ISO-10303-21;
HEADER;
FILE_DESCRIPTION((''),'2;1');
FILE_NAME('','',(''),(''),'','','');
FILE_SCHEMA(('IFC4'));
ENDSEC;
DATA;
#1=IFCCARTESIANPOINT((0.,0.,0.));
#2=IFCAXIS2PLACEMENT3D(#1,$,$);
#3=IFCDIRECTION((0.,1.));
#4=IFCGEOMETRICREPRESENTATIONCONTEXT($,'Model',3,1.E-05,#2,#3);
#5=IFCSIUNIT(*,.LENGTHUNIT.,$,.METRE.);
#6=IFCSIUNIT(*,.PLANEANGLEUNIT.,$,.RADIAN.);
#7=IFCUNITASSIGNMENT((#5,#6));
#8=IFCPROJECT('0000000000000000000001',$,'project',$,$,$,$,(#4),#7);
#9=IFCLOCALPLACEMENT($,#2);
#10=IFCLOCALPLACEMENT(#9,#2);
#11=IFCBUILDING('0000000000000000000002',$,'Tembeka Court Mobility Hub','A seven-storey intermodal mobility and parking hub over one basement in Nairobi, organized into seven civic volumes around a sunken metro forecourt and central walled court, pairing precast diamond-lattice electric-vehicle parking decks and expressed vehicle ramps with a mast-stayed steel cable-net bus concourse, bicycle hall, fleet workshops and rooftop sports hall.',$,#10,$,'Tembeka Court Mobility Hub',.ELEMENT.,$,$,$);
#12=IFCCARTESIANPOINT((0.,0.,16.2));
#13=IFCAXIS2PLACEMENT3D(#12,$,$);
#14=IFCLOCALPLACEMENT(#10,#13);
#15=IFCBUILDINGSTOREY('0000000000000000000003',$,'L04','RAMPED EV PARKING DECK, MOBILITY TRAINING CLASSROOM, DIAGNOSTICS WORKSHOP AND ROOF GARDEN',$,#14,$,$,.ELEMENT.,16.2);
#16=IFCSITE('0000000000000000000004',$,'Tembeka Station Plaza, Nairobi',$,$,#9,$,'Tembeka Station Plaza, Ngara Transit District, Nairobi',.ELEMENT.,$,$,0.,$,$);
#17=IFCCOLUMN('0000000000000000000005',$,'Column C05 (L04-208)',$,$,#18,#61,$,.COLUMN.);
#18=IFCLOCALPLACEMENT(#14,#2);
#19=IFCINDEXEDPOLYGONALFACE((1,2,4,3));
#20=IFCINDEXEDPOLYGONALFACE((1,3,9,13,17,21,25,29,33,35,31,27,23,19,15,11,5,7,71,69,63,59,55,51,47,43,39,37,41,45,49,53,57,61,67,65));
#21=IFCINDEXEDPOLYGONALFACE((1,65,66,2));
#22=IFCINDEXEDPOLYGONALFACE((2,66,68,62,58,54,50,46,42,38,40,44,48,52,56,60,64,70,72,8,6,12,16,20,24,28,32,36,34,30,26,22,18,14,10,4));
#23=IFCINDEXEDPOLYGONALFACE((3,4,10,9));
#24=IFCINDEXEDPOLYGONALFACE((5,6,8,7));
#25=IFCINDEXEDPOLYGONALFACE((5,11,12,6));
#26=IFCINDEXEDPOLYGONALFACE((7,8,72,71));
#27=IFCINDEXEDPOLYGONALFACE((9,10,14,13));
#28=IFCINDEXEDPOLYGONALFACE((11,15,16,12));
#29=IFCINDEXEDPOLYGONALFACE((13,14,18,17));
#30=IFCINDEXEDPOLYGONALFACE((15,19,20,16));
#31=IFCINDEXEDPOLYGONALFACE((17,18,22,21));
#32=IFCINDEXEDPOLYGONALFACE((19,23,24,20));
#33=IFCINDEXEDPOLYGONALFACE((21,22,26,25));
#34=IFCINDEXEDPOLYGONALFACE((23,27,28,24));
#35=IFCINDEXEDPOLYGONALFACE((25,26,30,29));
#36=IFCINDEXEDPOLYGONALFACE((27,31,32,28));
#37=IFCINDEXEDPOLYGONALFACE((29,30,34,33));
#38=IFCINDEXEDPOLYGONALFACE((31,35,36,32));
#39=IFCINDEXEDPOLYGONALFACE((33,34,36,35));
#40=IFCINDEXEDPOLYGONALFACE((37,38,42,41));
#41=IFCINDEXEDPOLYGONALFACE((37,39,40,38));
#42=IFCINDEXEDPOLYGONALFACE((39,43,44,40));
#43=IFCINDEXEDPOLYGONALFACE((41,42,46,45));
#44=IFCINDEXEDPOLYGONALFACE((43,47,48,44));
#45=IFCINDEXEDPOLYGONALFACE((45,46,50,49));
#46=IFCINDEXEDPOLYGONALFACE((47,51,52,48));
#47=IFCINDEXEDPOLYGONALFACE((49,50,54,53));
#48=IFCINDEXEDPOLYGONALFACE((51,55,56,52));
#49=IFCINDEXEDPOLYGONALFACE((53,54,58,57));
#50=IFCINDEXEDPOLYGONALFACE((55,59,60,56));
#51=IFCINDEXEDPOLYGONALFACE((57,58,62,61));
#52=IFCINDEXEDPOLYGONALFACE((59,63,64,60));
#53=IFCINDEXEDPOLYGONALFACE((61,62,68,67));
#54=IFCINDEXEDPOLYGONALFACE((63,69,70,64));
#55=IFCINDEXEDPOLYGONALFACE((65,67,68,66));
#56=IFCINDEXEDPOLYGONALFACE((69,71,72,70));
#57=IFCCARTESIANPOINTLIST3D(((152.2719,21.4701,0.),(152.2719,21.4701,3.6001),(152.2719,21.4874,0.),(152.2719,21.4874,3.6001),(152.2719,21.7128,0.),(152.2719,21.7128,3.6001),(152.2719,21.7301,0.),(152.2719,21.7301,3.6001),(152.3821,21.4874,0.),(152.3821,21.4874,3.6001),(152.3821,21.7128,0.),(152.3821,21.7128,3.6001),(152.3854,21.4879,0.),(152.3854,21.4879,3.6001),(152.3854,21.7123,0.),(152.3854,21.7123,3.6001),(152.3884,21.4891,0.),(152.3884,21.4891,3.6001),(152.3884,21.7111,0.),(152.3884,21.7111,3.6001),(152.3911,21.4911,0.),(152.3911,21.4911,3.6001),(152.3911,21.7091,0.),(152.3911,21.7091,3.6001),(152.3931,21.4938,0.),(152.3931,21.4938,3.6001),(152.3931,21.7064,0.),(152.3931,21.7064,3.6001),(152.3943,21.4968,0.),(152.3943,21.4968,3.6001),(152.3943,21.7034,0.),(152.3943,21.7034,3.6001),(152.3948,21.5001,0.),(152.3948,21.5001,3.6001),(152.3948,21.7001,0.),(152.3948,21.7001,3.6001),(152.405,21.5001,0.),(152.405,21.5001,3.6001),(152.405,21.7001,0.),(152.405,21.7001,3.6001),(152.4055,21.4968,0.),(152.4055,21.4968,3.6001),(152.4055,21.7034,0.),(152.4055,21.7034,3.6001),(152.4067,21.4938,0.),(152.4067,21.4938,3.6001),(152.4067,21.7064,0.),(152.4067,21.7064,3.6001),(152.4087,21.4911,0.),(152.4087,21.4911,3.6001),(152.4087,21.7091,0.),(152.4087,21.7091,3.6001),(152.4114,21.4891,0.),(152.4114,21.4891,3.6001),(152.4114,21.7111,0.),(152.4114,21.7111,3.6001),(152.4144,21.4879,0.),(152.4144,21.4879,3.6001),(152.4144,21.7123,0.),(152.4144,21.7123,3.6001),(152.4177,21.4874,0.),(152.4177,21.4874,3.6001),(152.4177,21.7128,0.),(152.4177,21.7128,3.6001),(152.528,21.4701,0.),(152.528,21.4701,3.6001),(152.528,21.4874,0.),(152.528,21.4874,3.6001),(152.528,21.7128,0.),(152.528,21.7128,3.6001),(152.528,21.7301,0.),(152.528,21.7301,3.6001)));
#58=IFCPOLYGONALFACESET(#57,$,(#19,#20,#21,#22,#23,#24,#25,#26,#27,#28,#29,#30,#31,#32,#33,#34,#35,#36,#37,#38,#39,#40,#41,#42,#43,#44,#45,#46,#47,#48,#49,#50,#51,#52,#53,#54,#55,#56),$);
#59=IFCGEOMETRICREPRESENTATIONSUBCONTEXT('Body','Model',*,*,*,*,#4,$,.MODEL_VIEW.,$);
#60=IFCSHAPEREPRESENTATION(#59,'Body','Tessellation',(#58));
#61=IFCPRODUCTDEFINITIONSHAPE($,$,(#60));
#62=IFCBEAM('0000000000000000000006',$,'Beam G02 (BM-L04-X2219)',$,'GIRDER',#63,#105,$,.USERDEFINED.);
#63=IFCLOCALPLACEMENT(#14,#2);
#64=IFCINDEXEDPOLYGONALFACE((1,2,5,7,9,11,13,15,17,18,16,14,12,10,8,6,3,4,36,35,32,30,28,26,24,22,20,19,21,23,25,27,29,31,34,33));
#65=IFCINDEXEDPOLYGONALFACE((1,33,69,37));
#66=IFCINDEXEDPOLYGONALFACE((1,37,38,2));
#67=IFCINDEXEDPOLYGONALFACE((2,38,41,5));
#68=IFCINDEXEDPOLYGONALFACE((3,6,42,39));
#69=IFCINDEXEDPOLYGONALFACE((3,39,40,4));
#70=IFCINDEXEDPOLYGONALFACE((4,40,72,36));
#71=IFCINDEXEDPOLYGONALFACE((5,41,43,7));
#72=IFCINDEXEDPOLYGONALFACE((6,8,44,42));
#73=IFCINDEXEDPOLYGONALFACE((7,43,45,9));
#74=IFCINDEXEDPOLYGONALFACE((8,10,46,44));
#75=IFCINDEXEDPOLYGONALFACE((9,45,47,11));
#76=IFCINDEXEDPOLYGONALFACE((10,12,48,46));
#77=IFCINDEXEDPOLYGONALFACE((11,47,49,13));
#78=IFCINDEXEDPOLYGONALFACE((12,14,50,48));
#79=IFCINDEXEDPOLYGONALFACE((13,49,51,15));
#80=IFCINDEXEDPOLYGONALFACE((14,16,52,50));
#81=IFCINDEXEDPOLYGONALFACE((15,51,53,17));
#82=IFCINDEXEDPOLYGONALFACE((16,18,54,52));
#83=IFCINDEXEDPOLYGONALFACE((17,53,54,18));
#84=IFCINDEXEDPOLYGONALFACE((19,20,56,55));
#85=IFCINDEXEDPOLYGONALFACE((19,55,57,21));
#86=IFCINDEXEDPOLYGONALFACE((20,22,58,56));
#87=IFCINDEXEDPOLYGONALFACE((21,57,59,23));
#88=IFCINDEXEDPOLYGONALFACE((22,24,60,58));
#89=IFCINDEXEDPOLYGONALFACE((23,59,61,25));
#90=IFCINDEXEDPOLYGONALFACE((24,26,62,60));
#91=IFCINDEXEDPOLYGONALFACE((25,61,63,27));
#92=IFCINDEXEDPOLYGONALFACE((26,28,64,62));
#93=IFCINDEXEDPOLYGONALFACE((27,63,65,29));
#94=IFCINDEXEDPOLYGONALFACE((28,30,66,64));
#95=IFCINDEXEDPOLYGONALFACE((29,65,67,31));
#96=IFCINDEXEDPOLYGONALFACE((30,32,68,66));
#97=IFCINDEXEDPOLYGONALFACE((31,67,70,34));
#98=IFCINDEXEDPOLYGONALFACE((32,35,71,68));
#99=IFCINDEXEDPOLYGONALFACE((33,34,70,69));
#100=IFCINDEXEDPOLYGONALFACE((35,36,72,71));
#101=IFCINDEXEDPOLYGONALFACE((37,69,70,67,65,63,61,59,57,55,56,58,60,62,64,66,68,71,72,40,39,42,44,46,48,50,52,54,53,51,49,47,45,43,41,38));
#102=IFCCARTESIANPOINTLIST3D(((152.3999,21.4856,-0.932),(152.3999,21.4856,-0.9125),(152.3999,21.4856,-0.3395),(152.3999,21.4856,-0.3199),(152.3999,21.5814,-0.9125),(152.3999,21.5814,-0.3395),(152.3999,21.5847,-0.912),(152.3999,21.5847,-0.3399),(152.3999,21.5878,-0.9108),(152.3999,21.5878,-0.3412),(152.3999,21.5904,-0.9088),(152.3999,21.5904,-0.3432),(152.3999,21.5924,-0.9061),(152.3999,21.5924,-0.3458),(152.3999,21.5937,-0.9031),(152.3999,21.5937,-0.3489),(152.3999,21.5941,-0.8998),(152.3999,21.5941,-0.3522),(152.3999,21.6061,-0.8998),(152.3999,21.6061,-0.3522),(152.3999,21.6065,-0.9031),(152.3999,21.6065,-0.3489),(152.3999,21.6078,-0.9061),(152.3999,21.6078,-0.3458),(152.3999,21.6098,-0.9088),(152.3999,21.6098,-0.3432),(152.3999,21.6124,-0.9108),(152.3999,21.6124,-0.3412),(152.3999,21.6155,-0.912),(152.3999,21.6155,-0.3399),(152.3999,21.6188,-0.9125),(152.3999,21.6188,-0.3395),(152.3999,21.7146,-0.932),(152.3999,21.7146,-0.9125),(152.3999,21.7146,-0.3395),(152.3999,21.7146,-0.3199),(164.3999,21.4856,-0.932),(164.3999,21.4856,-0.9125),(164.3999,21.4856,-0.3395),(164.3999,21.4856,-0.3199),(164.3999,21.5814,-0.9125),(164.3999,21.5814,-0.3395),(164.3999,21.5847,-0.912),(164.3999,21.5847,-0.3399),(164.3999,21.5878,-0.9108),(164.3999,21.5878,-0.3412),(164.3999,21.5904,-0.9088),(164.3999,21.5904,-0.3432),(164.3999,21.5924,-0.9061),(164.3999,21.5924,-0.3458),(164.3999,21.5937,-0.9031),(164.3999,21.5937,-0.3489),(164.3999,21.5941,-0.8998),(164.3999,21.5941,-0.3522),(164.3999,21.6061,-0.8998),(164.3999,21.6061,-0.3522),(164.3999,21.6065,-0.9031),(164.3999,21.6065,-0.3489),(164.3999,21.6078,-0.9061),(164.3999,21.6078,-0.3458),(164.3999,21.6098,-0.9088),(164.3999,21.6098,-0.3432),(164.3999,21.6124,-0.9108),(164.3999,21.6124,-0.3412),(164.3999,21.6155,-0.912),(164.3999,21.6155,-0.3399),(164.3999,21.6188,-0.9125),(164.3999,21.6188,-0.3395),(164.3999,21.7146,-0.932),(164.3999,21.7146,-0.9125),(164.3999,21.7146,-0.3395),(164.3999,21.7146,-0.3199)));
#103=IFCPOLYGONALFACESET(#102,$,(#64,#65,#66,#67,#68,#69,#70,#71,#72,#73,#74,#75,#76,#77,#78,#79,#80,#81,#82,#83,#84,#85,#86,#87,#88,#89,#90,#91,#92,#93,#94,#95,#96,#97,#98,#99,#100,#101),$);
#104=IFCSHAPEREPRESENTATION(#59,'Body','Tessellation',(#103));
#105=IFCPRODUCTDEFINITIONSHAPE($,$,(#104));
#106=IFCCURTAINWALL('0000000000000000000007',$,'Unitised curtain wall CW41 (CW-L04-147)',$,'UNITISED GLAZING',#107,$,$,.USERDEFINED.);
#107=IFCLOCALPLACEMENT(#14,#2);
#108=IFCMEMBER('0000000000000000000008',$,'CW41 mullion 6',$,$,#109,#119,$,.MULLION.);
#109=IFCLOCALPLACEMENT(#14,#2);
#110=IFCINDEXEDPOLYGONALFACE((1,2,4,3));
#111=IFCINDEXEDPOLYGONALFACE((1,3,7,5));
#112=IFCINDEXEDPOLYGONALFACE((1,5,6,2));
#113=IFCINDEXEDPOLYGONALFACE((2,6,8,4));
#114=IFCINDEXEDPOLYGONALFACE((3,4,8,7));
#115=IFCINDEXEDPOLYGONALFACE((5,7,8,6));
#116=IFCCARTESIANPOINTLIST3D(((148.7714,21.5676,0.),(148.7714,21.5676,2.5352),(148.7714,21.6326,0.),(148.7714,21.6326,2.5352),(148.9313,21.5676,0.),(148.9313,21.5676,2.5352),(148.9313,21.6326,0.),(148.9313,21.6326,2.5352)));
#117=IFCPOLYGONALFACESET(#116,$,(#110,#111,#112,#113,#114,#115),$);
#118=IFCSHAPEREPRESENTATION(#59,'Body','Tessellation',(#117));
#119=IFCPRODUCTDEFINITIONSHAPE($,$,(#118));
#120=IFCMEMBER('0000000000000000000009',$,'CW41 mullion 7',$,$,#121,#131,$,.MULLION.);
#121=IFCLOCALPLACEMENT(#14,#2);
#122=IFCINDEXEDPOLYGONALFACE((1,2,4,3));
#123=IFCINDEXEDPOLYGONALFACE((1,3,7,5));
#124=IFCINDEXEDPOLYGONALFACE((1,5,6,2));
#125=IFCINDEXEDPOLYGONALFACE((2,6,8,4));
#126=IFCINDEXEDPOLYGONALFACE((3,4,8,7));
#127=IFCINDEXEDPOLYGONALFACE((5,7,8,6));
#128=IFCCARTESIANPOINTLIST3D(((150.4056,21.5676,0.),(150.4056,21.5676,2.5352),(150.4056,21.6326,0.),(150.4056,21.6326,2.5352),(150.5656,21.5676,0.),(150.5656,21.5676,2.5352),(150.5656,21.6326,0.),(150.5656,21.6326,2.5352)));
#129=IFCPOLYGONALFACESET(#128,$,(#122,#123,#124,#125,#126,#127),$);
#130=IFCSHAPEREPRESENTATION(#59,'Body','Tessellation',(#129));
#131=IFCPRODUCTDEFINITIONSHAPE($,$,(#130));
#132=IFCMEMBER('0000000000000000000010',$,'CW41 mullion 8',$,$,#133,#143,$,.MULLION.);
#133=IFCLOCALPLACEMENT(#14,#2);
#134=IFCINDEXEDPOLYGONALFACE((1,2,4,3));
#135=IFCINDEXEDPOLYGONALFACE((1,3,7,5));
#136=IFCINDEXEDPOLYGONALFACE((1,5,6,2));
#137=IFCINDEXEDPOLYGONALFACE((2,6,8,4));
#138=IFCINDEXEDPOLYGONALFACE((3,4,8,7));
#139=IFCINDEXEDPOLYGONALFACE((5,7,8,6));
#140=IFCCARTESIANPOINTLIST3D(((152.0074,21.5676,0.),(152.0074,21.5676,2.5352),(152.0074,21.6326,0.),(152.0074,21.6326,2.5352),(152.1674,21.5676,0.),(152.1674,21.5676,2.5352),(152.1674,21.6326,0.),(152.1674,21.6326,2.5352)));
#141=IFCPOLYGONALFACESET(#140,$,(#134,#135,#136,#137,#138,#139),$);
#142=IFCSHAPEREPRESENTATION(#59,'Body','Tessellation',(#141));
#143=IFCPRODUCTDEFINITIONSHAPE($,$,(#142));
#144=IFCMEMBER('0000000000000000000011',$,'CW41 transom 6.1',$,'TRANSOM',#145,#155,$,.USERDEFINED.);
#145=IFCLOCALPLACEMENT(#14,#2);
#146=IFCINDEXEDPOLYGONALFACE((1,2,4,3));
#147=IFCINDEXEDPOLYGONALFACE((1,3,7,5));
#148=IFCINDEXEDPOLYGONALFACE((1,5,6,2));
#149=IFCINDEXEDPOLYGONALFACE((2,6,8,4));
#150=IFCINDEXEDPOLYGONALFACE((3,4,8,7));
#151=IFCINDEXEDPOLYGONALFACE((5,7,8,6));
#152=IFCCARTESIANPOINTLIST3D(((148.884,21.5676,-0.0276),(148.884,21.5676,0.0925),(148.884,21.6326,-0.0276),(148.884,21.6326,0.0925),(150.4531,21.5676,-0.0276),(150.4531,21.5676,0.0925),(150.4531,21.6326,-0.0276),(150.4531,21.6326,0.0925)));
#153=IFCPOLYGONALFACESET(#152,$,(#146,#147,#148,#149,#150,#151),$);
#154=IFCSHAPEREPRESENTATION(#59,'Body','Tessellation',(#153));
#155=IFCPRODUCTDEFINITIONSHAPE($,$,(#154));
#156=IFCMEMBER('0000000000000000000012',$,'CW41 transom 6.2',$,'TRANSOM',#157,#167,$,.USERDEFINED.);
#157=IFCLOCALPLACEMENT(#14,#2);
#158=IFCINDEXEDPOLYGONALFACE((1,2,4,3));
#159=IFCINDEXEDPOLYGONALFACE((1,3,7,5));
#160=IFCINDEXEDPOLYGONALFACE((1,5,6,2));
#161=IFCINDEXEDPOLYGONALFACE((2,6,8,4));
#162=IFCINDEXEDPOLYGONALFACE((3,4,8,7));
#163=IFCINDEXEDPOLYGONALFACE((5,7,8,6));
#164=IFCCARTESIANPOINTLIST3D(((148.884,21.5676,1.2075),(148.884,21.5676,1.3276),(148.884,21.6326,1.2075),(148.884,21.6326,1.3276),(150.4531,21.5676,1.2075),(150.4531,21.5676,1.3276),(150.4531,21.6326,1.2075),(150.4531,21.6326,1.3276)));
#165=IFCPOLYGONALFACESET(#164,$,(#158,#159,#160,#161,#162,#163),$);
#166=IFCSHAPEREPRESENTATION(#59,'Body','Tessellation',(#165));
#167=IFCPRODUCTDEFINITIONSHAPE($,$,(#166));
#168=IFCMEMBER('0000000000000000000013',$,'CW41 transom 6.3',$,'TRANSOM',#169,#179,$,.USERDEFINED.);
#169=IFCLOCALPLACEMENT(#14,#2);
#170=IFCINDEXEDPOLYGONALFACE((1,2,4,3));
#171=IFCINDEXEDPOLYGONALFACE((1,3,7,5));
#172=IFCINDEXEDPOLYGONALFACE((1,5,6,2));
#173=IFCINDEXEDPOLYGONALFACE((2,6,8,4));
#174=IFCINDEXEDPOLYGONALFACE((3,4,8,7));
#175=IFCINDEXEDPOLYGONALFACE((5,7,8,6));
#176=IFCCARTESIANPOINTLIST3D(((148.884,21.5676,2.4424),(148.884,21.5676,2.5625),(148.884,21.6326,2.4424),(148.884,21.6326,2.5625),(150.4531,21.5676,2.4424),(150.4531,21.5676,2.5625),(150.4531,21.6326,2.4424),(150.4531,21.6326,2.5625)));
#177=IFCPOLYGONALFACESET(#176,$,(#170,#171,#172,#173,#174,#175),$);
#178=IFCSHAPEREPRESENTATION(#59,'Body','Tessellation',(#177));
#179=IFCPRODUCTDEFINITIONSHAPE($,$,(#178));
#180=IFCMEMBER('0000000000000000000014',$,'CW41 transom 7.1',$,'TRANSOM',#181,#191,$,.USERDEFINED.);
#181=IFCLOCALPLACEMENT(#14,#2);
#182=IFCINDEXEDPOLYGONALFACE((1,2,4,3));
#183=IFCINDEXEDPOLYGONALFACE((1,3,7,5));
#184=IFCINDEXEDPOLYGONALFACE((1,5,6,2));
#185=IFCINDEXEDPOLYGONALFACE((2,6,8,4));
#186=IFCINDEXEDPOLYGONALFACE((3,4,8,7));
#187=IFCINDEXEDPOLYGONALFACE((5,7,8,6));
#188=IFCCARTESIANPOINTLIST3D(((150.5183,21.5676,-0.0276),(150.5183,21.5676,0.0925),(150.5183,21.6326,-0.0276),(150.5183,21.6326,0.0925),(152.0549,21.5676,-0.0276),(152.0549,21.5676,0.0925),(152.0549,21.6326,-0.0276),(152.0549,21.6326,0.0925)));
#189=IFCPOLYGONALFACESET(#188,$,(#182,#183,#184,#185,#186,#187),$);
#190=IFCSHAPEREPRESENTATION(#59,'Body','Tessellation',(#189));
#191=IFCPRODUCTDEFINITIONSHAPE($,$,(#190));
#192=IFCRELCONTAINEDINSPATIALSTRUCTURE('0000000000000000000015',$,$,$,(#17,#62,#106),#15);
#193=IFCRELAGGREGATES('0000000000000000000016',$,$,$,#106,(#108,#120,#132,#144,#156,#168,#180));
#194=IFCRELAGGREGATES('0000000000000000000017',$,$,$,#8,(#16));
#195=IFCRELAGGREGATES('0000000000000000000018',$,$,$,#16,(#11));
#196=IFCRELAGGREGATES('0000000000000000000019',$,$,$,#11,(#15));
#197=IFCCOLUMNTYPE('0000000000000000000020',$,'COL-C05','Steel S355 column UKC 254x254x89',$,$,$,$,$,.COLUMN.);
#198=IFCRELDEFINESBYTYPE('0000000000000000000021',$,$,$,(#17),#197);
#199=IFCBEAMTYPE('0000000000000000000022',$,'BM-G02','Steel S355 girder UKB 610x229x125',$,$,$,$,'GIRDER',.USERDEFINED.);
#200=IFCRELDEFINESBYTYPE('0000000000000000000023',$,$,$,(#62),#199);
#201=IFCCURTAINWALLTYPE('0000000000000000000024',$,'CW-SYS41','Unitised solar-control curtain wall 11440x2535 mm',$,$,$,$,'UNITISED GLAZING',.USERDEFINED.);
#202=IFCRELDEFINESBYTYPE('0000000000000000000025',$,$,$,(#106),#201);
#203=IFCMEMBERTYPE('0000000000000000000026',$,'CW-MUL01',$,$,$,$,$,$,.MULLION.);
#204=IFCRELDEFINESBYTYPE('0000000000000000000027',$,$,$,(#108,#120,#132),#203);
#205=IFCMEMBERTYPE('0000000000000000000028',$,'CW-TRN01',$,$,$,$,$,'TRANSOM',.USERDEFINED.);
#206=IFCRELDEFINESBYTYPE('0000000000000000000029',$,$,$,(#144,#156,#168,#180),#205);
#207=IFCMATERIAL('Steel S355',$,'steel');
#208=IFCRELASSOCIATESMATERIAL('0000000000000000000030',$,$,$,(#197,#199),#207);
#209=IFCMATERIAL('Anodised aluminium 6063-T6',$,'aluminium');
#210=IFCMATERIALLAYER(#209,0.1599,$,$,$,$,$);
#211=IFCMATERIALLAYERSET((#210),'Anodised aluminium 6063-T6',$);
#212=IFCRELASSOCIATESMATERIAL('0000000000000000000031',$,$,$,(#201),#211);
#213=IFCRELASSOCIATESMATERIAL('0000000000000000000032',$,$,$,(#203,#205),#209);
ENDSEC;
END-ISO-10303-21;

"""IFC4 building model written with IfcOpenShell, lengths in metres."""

from ifc_helpers import new_model, si_unit, direction, frame, origin, origin_2d, place, context, subcontext, project, spatial, rectangle, i_section, extrude, material, layer, layer_set, material_profile, profile_set, type_object, element, aggregate, save


model = new_model("IFC4")

# Units and contexts
model_context = context("Model", 3, precision=1e-05, world=origin(), true_north=direction((0.0, 1.0)))
body_context = subcontext(model_context, "Body", "Model", "MODEL_VIEW")
ifc_project = project(units=[si_unit("LENGTHUNIT", "METRE"), si_unit("PLANEANGLEUNIT", "RADIAN")], contexts=[model_context])

# Site, building, storey
site_placement = place(None, origin())
site = spatial("IfcSite", under=ifc_project, at=site_placement, Name="Tembeka Station Plaza, Nairobi", LongName="Tembeka Station Plaza, Ngara Transit District, Nairobi", CompositionType="ELEMENT", RefElevation=0.0)
building_placement = place(site_placement, origin())
building = spatial("IfcBuilding", under=site, at=building_placement, Name="Tembeka Court Mobility Hub", Description="A seven-storey intermodal mobility and parking hub over one basement in Nairobi, organized into seven civic volumes around a sunken metro forecourt and central walled court, pairing precast diamond-lattice electric-vehicle parking decks and expressed vehicle ramps with a mast-stayed steel cable-net bus concourse, bicycle hall, fleet workshops and rooftop sports hall.", LongName="Tembeka Court Mobility Hub", CompositionType="ELEMENT")
storey_placement = place(building_placement, frame((0.0, 0.0, 16.2)))
storey = spatial("IfcBuildingStorey", under=building, at=storey_placement, Name="L04", Description="RAMPED EV PARKING DECK, MOBILITY TRAINING CLASSROOM, DIAGNOSTICS WORKSHOP AND ROOF GARDEN", CompositionType="ELEMENT", Elevation=16.2)

# Column
ifc_material_1 = material(Name="Steel S355", Category="steel")
ifc_material_profile_1 = material_profile(ifc_material_1, i_section(OverallWidth=0.2561, OverallDepth=0.26, WebThickness=0.0103, FlangeThickness=0.0173, FilletRadius=0.0127, at=origin_2d()), Name="UKC 254x254x89")
ifc_profile_set_1 = profile_set([ifc_material_profile_1], Name="Steel S355")
column_type = type_object("IfcColumnType", Name="COL-C05", Description="Steel S355 column UKC 254x254x89", PredefinedType="COLUMN", material=ifc_profile_set_1)
column_placement = place(storey_placement, frame((152.3999, 21.6001, 0.0), z_axis=(0.0, 0.0, 1.0), x_axis=(1.0, 0.0, 0.0)))
element("IfcColumn", 1, at=column_placement, inside=storey, type_object=column_type, Name="Column C05 (L04-208)", PredefinedType="COLUMN", context=body_context, shape_type="SweptSolid", body=[
    extrude(i_section(OverallWidth=0.2561, OverallDepth=0.26, WebThickness=0.0103, FlangeThickness=0.0173, FilletRadius=0.0127, at=origin_2d()), origin(), (0.0, 0.0, 1.0), 3.6001),
])

# Beam
ifc_material_profile_2 = material_profile(ifc_material_1, i_section(OverallWidth=0.229, OverallDepth=0.6121, WebThickness=0.012, FlangeThickness=0.0195, FilletRadius=0.0127, at=origin_2d()), Name="UKB 610x229x125")
ifc_profile_set_2 = profile_set([ifc_material_profile_2], Name="Steel S355")
beam_type = type_object("IfcBeamType", Name="BM-G02", Description="Steel S355 girder UKB 610x229x125", ElementType="GIRDER", PredefinedType="USERDEFINED", material=ifc_profile_set_2)
beam_placement = place(storey_placement, frame((152.3999, 21.6001, -0.626), z_axis=(1.0, 0.0, 0.0), x_axis=(0.0, 1.0, 0.0)))
element("IfcBeam", 2, at=beam_placement, inside=storey, type_object=beam_type, Name="Beam G02 (BM-L04-X2219)", ObjectType="GIRDER", PredefinedType="USERDEFINED", context=body_context, shape_type="SweptSolid", body=[
    extrude(i_section(OverallWidth=0.229, OverallDepth=0.6121, WebThickness=0.012, FlangeThickness=0.0195, FilletRadius=0.0127, at=origin_2d()), origin(), (0.0, 0.0, 1.0), 12.0),
])

# Curtain wall, members
ifc_material_2 = material(Name="Anodised aluminium 6063-T6", Category="aluminium")
ifc_layer_1 = layer(ifc_material_2, 0.1599)
ifc_layer_set_1 = layer_set([ifc_layer_1], Name="Anodised aluminium 6063-T6")
curtain_wall_type = type_object("IfcCurtainWallType", Name="CW-SYS41", Description="Unitised solar-control curtain wall 11440x2535 mm", ElementType="UNITISED GLAZING", PredefinedType="USERDEFINED", material=ifc_layer_set_1)
curtain_wall_placement = place(storey_placement, origin())
curtain_wall = element("IfcCurtainWall", 3, at=curtain_wall_placement, inside=storey, type_object=curtain_wall_type, Name="Unitised curtain wall CW41 (CW-L04-147)", ObjectType="UNITISED GLAZING", PredefinedType="USERDEFINED")
ifc_material_profile_3 = material_profile(ifc_material_2, rectangle(XDim=0.0649, YDim=0.1599, at=origin_2d()), Name="ALU-MUL 65x160")
ifc_profile_set_3 = profile_set([ifc_material_profile_3], Name="Anodised aluminium 6063-T6")
member_type_1 = type_object("IfcMemberType", Name="CW-MUL01", PredefinedType="MULLION", material=ifc_profile_set_3)
member_1_placement = place(storey_placement, frame((148.8513, 21.6001, 0.0), z_axis=(0.0, 0.0, 1.0), x_axis=(0.0, 1.0, 0.0)))
member_1 = element("IfcMember", 4, at=member_1_placement, type_object=member_type_1, Name="CW41 mullion 6", PredefinedType="MULLION", context=body_context, shape_type="SweptSolid", body=[
    extrude(rectangle(XDim=0.0649, YDim=0.1599, at=origin_2d()), origin(), (0.0, 0.0, 1.0), 2.5352),
])
member_2_placement = place(storey_placement, frame((150.4856, 21.6001, 0.0), z_axis=(0.0, 0.0, 1.0), x_axis=(0.0, 1.0, 0.0)))
member_2 = element("IfcMember", 5, at=member_2_placement, type_object=member_type_1, Name="CW41 mullion 7", PredefinedType="MULLION", context=body_context, shape_type="SweptSolid", body=[
    extrude(rectangle(XDim=0.0649, YDim=0.1599, at=origin_2d()), origin(), (0.0, 0.0, 1.0), 2.5352),
])
member_3_placement = place(storey_placement, frame((152.0874, 21.6001, 0.0), z_axis=(0.0, 0.0, 1.0), x_axis=(0.0, 1.0, 0.0)))
member_3 = element("IfcMember", 6, at=member_3_placement, type_object=member_type_1, Name="CW41 mullion 8", PredefinedType="MULLION", context=body_context, shape_type="SweptSolid", body=[
    extrude(rectangle(XDim=0.0649, YDim=0.1599, at=origin_2d()), origin(), (0.0, 0.0, 1.0), 2.5352),
])
ifc_material_profile_4 = material_profile(ifc_material_2, rectangle(XDim=0.0649, YDim=0.1201, at=origin_2d()), Name="ALU-TRN 65x120")
ifc_profile_set_4 = profile_set([ifc_material_profile_4], Name="Anodised aluminium 6063-T6")
member_type_2 = type_object("IfcMemberType", Name="CW-TRN01", ElementType="TRANSOM", PredefinedType="USERDEFINED", material=ifc_profile_set_4)
member_4_placement = place(storey_placement, frame((148.884, 21.6001, 0.0325), z_axis=(1.0, 0.0, 0.0), x_axis=(0.0, 1.0, 0.0)))
member_4 = element("IfcMember", 7, at=member_4_placement, type_object=member_type_2, Name="CW41 transom 6.1", ObjectType="TRANSOM", PredefinedType="USERDEFINED", context=body_context, shape_type="SweptSolid", body=[
    extrude(rectangle(XDim=0.0649, YDim=0.1201, at=origin_2d()), origin(), (0.0, 0.0, 1.0), 1.5691),
])
member_5_placement = place(storey_placement, frame((148.884, 21.6001, 1.2676), z_axis=(1.0, 0.0, 0.0), x_axis=(0.0, 1.0, 0.0)))
member_5 = element("IfcMember", 8, at=member_5_placement, type_object=member_type_2, Name="CW41 transom 6.2", ObjectType="TRANSOM", PredefinedType="USERDEFINED", context=body_context, shape_type="SweptSolid", body=[
    extrude(rectangle(XDim=0.0649, YDim=0.1201, at=origin_2d()), origin(), (0.0, 0.0, 1.0), 1.5691),
])
member_6_placement = place(storey_placement, frame((148.884, 21.6001, 2.5024), z_axis=(1.0, 0.0, 0.0), x_axis=(0.0, 1.0, 0.0)))
member_6 = element("IfcMember", 9, at=member_6_placement, type_object=member_type_2, Name="CW41 transom 6.3", ObjectType="TRANSOM", PredefinedType="USERDEFINED", context=body_context, shape_type="SweptSolid", body=[
    extrude(rectangle(XDim=0.0649, YDim=0.1201, at=origin_2d()), origin(), (0.0, 0.0, 1.0), 1.5691),
])
member_7_placement = place(storey_placement, frame((150.5183, 21.6001, 0.0325), z_axis=(1.0, 0.0, 0.0), x_axis=(0.0, 1.0, 0.0)))
member_7 = element("IfcMember", 10, at=member_7_placement, type_object=member_type_2, Name="CW41 transom 7.1", ObjectType="TRANSOM", PredefinedType="USERDEFINED", context=body_context, shape_type="SweptSolid", body=[
    extrude(rectangle(XDim=0.0649, YDim=0.1201, at=origin_2d()), origin(), (0.0, 0.0, 1.0), 1.5366),
])
aggregate(curtain_wall, [member_1, member_2, member_3, member_4, member_5, member_6, member_7])

save(model, "model.ifc")
